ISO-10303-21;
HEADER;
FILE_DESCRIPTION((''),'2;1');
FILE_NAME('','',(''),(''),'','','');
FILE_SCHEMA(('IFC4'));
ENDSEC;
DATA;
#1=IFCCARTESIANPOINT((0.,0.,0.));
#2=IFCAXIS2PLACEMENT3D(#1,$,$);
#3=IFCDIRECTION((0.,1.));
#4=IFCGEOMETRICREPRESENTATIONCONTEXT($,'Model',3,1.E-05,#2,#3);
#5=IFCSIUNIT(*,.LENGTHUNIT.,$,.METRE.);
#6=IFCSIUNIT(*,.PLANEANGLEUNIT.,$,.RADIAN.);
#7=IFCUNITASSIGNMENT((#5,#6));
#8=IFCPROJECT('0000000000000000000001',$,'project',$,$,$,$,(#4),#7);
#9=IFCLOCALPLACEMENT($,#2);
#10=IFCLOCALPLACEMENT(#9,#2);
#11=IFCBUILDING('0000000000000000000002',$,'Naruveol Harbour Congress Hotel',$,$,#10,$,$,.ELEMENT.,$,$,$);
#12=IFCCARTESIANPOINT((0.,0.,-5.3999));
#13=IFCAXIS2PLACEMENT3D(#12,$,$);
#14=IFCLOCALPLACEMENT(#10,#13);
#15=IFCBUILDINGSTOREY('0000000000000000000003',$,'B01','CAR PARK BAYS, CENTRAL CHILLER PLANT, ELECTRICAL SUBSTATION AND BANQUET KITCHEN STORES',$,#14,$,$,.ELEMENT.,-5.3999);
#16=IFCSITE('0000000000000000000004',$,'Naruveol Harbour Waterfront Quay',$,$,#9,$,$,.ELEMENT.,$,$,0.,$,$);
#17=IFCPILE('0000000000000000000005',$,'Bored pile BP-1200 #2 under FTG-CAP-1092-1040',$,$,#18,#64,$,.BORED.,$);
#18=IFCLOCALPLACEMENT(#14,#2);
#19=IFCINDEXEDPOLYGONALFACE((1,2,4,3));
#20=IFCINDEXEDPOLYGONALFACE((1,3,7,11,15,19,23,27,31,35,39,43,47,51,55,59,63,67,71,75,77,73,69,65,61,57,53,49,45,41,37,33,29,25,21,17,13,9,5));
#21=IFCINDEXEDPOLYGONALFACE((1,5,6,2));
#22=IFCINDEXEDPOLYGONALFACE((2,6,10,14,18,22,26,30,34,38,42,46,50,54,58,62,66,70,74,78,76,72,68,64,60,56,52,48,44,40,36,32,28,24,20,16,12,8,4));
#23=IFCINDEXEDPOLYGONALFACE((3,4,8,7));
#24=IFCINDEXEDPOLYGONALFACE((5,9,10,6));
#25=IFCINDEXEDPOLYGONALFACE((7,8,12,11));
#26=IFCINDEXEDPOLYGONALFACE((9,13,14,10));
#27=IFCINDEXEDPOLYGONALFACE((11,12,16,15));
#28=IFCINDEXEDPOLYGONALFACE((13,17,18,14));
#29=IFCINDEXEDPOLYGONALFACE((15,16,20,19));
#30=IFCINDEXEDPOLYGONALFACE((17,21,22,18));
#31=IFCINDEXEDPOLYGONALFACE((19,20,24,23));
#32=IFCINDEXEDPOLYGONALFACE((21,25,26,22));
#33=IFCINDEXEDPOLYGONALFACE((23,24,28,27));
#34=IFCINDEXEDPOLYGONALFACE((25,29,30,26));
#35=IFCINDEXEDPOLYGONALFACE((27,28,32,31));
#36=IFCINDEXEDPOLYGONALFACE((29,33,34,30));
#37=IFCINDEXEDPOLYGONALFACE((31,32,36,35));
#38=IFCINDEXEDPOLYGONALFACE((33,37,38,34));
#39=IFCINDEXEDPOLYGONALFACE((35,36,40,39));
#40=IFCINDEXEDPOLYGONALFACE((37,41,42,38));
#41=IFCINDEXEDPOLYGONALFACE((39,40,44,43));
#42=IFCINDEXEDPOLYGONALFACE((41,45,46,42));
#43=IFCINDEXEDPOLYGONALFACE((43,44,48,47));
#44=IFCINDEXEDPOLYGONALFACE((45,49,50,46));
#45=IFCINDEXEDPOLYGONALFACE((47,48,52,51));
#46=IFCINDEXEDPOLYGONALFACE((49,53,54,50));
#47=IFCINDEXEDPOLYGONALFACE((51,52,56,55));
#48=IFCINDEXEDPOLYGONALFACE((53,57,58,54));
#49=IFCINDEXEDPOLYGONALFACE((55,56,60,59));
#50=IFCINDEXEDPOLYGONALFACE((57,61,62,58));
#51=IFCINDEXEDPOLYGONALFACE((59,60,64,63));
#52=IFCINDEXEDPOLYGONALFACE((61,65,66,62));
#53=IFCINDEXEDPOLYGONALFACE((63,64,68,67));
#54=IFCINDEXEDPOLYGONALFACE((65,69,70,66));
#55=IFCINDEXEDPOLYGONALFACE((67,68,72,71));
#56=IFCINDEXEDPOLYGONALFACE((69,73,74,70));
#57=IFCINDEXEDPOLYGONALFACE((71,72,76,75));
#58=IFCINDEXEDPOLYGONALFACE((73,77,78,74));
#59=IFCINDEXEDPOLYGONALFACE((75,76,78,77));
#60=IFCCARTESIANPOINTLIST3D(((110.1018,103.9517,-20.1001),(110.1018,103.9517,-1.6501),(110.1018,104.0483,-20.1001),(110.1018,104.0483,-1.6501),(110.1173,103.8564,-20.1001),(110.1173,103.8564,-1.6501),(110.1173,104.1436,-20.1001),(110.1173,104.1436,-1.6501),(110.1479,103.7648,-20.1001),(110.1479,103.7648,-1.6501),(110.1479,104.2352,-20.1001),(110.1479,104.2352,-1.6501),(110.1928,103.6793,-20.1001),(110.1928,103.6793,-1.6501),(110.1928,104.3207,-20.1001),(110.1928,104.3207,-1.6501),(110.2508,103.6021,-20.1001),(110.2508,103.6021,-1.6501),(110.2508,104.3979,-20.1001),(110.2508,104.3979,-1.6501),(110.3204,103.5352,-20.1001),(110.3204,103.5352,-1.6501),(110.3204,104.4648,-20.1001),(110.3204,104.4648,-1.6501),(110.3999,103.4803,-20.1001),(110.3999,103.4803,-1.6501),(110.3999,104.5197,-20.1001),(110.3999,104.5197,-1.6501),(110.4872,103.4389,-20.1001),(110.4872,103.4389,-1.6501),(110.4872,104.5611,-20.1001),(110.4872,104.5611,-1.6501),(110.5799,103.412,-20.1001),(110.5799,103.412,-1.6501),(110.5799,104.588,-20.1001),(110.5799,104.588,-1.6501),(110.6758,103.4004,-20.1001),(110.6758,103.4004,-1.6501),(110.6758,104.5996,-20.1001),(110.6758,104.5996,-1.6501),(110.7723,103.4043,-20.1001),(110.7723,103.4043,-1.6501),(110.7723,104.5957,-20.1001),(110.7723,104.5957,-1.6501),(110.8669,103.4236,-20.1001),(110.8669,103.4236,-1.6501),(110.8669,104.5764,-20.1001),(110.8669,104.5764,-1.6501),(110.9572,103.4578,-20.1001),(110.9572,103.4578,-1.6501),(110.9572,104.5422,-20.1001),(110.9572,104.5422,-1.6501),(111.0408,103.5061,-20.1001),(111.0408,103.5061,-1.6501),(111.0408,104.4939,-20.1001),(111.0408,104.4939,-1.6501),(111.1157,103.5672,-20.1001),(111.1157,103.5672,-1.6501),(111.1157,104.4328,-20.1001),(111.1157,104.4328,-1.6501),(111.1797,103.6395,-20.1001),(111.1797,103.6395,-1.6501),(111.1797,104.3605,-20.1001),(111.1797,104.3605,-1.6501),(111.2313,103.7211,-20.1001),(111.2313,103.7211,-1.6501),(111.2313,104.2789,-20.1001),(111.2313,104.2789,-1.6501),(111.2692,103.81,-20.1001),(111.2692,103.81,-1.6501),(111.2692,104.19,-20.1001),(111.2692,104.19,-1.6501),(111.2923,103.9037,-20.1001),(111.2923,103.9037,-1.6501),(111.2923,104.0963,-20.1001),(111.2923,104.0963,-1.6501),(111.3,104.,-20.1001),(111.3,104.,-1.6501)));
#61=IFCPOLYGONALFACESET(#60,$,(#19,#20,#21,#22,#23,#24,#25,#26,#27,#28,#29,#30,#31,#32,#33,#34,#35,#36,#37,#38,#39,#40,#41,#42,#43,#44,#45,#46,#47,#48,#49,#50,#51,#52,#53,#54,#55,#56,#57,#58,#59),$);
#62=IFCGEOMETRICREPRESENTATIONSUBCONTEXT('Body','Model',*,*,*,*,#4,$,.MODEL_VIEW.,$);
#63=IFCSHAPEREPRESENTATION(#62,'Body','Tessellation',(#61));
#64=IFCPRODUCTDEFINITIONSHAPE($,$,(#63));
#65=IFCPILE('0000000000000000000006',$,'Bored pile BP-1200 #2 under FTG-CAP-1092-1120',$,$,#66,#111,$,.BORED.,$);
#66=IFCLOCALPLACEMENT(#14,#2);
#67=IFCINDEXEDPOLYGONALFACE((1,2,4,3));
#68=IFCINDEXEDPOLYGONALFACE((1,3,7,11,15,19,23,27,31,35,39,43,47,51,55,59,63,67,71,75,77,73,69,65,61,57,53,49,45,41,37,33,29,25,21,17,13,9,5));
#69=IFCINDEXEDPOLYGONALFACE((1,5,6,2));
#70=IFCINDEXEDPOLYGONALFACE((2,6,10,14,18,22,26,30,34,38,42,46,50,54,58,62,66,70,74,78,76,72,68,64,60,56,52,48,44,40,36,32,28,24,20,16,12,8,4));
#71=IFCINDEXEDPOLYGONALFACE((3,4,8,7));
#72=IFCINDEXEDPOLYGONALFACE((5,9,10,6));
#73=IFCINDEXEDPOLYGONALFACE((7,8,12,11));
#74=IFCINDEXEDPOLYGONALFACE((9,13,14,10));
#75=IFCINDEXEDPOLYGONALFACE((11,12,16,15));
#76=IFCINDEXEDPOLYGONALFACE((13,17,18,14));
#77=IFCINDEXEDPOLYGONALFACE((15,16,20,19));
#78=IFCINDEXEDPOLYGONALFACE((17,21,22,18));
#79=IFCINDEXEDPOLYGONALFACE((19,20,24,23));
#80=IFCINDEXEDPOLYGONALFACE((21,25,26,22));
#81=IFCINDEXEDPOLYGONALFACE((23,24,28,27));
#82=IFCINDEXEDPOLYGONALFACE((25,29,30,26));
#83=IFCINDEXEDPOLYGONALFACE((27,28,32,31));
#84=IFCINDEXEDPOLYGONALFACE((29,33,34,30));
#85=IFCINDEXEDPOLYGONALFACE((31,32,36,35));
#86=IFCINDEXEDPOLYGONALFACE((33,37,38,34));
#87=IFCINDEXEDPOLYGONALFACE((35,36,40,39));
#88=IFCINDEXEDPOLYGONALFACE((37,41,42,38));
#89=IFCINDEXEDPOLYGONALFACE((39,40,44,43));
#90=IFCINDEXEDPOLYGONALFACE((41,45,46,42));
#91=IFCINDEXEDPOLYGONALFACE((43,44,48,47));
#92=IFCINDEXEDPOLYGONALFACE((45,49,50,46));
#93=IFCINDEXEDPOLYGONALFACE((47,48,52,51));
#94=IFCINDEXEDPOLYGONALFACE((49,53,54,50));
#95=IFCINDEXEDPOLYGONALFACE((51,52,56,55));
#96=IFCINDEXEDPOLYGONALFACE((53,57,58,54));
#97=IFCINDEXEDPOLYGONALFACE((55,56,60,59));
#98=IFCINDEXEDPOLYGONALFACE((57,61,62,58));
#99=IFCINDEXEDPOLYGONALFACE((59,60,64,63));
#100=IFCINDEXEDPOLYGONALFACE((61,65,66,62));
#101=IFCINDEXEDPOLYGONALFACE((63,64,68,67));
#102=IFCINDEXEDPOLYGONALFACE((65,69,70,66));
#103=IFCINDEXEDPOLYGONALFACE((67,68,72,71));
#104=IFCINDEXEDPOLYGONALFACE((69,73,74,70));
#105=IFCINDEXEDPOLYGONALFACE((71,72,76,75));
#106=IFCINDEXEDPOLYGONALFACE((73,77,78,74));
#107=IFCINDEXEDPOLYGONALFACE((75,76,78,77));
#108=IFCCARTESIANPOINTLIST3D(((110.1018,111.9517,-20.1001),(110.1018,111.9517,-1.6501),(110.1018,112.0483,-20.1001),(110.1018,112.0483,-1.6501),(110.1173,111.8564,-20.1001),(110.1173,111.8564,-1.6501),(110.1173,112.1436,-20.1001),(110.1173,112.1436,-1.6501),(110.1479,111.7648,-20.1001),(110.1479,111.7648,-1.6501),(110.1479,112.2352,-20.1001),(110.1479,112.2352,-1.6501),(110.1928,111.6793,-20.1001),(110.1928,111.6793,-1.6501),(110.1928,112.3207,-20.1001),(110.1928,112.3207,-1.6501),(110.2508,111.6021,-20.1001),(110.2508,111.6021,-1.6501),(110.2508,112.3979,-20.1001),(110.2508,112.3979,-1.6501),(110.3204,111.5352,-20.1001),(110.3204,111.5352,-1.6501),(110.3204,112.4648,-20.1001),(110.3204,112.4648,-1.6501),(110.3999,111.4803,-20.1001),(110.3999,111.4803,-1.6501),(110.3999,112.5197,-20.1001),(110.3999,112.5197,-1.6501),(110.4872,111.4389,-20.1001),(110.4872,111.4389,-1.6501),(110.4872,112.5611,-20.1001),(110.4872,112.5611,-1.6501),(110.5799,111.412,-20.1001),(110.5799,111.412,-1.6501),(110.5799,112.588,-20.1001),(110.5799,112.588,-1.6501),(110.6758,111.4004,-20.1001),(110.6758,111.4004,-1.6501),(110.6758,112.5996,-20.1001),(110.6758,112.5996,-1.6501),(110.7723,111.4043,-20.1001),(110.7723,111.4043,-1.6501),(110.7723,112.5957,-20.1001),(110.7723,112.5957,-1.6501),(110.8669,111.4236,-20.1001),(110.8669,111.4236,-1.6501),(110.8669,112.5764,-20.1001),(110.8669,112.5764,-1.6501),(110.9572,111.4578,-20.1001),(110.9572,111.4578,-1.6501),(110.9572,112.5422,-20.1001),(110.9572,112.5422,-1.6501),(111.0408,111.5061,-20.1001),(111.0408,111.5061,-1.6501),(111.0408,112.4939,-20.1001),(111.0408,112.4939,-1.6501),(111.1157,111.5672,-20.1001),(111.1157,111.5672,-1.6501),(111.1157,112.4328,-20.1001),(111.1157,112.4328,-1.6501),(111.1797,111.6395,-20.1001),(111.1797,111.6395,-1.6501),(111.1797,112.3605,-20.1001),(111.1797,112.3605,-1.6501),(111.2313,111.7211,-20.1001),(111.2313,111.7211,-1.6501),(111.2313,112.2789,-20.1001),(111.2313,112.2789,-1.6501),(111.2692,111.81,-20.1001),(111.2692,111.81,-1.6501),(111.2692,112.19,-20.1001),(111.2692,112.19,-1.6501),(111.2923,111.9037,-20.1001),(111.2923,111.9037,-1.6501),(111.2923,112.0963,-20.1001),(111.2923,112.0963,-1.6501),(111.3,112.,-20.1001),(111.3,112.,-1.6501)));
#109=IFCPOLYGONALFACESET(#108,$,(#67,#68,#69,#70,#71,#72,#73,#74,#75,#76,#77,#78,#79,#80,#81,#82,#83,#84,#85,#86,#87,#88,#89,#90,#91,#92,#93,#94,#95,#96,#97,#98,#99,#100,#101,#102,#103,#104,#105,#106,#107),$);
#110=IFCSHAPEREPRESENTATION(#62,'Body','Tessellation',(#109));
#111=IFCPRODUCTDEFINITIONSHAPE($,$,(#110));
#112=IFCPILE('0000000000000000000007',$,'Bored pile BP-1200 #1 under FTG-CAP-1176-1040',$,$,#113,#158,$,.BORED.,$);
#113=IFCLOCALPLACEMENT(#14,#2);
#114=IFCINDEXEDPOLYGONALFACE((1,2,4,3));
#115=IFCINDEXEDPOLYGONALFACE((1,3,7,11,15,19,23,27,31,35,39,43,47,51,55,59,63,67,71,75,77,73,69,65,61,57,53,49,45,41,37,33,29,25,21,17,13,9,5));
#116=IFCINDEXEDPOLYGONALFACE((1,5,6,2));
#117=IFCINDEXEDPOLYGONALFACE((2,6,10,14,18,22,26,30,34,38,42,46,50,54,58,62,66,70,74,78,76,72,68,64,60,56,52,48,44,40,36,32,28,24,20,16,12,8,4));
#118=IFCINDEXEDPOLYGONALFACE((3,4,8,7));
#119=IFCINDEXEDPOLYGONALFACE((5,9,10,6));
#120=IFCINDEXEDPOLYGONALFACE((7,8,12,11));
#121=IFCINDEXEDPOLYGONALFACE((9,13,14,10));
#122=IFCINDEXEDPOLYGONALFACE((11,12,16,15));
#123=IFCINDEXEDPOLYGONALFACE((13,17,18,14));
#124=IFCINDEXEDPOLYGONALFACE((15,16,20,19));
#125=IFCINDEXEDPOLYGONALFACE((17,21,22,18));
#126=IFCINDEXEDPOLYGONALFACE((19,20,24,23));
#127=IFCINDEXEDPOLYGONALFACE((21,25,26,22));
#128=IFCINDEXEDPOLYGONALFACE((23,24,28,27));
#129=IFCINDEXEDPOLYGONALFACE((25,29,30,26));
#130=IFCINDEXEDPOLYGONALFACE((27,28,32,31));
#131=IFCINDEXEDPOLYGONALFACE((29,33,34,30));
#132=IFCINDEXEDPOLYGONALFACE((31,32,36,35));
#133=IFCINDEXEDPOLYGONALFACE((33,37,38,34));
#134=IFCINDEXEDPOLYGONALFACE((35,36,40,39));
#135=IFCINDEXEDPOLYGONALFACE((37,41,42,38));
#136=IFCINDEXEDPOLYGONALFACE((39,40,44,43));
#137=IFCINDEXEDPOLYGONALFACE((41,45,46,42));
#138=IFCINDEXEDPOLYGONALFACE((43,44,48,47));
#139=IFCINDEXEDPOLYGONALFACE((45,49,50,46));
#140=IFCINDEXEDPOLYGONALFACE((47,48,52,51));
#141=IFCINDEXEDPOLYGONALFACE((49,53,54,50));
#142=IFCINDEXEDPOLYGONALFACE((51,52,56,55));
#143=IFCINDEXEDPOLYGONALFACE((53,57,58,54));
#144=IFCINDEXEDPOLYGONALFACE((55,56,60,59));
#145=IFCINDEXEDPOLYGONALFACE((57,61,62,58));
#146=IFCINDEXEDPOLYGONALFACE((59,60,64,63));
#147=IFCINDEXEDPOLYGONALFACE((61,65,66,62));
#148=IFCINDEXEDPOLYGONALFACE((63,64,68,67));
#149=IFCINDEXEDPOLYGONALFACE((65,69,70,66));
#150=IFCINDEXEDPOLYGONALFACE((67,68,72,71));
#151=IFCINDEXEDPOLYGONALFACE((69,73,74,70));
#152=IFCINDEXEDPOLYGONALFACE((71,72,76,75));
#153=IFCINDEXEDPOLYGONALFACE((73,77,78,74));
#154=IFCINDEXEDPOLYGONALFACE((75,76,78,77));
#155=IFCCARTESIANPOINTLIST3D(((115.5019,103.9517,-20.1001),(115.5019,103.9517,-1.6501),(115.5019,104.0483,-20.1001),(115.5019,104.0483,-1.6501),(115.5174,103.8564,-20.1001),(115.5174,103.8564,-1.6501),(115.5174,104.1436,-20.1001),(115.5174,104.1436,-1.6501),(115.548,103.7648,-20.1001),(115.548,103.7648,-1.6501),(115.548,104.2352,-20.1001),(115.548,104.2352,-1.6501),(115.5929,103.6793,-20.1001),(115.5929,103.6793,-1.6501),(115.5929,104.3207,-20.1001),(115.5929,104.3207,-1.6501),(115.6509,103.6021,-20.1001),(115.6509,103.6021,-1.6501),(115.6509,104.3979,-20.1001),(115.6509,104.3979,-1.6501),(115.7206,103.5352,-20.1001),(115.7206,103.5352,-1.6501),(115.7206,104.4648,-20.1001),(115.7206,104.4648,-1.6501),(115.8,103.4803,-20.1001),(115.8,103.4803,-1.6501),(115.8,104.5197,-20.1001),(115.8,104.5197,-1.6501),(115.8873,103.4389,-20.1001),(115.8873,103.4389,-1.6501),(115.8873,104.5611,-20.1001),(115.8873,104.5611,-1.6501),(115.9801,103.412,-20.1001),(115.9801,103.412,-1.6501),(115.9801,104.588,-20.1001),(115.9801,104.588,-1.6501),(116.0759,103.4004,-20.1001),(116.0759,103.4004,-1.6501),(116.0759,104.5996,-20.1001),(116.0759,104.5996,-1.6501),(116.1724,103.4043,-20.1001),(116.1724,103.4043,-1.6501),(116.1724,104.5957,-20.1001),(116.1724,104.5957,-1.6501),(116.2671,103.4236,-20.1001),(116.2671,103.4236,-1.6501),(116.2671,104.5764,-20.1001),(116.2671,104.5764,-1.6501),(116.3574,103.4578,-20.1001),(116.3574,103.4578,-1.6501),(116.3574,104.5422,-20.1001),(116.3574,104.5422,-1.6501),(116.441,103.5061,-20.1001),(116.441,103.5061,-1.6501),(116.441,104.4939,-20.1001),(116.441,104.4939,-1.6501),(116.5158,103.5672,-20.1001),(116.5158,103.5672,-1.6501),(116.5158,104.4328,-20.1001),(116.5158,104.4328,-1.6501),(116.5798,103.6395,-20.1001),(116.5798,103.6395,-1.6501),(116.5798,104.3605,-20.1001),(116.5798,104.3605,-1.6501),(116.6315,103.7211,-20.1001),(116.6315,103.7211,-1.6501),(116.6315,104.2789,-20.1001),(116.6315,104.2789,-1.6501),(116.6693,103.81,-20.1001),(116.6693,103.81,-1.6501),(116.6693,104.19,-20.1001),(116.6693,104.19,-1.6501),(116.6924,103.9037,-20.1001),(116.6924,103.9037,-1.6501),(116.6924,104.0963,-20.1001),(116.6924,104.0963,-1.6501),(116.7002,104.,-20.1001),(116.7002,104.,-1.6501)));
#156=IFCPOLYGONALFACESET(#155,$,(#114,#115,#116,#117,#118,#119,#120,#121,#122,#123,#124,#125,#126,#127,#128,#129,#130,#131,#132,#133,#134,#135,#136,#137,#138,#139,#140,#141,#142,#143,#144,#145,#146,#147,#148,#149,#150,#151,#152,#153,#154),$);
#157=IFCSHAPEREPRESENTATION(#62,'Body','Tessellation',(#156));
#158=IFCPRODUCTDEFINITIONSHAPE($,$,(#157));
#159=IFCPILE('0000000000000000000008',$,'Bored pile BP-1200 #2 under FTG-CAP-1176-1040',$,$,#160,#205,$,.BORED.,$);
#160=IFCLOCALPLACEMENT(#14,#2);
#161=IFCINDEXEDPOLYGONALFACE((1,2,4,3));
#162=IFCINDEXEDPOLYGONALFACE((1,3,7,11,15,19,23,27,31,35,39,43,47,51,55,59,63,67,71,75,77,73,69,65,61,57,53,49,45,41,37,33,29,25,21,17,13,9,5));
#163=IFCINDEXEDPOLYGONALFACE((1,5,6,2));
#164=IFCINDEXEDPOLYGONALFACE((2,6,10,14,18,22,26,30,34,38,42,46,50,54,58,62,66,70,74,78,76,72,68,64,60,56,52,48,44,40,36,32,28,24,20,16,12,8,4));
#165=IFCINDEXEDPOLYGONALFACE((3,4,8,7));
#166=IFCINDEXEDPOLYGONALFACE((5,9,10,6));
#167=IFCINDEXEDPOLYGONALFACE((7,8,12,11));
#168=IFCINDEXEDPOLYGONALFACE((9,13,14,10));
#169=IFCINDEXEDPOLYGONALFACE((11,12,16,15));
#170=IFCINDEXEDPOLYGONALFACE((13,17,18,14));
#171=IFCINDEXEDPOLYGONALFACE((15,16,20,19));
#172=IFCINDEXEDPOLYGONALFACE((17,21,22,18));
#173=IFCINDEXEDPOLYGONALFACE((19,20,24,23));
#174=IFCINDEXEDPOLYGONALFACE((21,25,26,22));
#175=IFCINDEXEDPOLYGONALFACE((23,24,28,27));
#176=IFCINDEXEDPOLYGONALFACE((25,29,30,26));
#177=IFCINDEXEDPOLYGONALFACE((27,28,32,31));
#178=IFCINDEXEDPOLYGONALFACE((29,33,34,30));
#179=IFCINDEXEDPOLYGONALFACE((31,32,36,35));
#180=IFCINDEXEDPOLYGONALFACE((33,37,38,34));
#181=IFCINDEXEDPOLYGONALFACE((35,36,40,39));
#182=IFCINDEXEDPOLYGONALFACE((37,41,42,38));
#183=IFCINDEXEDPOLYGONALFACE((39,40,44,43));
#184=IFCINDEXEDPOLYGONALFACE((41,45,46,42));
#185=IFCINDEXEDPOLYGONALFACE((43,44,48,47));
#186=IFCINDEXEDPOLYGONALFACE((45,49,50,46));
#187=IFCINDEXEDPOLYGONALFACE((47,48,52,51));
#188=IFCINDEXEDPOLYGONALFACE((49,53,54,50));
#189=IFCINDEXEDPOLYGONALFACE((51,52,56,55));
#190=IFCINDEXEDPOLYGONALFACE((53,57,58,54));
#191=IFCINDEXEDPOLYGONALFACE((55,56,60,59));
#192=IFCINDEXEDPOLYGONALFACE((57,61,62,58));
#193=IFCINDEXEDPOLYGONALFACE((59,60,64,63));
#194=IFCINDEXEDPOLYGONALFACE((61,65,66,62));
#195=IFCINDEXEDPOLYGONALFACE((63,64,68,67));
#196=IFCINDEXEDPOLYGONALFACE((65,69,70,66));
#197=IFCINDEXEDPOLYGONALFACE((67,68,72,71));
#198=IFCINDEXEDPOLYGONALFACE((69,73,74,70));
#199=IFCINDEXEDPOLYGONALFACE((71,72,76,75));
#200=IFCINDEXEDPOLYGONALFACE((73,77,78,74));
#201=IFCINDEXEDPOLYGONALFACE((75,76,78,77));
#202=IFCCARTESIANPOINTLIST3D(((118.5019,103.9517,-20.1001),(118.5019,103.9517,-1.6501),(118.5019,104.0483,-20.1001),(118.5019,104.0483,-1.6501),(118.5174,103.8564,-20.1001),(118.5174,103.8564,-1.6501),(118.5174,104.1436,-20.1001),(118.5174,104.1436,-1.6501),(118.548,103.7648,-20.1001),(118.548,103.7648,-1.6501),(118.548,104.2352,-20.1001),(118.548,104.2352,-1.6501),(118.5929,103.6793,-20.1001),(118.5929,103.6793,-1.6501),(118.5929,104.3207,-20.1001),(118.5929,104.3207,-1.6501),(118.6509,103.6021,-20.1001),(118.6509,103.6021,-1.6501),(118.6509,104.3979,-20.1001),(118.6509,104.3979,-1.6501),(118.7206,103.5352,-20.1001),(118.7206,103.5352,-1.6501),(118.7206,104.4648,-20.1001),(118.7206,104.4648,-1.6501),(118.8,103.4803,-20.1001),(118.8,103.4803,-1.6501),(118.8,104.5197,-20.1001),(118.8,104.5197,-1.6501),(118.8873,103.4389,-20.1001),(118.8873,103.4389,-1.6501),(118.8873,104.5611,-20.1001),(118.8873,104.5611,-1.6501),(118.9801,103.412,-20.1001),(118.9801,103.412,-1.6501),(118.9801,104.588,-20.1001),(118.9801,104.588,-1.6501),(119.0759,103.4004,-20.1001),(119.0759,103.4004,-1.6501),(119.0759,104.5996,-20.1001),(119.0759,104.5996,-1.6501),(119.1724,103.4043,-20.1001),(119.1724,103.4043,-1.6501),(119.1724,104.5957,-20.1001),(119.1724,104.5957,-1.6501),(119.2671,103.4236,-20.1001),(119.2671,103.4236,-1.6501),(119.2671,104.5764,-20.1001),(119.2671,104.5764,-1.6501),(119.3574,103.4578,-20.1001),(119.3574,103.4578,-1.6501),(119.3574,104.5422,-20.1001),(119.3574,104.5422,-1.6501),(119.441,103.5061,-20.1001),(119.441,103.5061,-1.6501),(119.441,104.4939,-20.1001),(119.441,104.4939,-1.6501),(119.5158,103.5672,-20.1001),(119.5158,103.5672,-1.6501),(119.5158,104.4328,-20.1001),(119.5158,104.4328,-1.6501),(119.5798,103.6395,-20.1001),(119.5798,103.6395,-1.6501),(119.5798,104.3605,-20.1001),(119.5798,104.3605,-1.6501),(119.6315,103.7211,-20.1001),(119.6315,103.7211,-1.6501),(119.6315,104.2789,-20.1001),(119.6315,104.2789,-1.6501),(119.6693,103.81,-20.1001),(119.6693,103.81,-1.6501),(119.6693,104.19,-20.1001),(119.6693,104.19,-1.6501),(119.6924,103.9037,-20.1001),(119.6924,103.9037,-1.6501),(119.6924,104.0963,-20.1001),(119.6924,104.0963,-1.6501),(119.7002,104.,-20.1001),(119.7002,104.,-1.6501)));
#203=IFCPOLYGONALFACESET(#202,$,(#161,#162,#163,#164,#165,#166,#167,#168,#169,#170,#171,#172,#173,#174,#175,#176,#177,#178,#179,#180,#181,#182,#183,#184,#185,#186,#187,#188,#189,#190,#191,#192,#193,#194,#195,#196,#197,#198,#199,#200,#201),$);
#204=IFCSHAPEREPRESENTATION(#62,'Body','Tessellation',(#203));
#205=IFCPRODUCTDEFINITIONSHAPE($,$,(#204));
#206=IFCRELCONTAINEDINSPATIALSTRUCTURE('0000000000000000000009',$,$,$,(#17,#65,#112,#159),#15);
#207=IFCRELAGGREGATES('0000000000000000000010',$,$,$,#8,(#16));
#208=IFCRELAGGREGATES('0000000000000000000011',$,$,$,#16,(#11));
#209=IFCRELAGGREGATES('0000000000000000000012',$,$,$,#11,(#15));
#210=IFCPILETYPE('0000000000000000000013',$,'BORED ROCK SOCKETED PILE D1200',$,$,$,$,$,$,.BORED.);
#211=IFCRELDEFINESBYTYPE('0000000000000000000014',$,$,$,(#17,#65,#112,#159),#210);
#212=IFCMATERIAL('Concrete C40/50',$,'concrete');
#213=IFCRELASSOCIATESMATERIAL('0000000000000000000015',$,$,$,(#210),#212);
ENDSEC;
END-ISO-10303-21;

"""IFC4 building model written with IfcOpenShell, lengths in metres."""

from ifc_helpers import new_model, si_unit, direction, frame, origin, origin_2d, place, context, subcontext, project, spatial, circle, extrude, material, material_profile, profile_set, type_object, element, save


model = new_model("IFC4")

# Units and contexts
model_context = context("Model", 3, precision=1e-05, world=origin(), true_north=direction((0.0, 1.0)))
body_context = subcontext(model_context, "Body", "Model", "MODEL_VIEW")
ifc_project = project(units=[si_unit("LENGTHUNIT", "METRE"), si_unit("PLANEANGLEUNIT", "RADIAN")], contexts=[model_context])

# Site, building, storey
site_placement = place(None, origin())
site = spatial("IfcSite", under=ifc_project, at=site_placement, Name="Naruveol Harbour Waterfront Quay", CompositionType="ELEMENT", RefElevation=0.0)
building_placement = place(site_placement, origin())
building = spatial("IfcBuilding", under=site, at=building_placement, Name="Naruveol Harbour Congress Hotel", CompositionType="ELEMENT")
storey_placement = place(building_placement, frame((0.0, 0.0, -5.3999)))
storey = spatial("IfcBuildingStorey", under=building, at=storey_placement, Name="B01", Description="CAR PARK BAYS, CENTRAL CHILLER PLANT, ELECTRICAL SUBSTATION AND BANQUET KITCHEN STORES", CompositionType="ELEMENT", Elevation=-5.3999)

# Piles
ifc_material_1 = material(Name="Concrete C40/50", Category="concrete")
ifc_material_profile_1 = material_profile(ifc_material_1, circle(Radius=0.6001, at=origin_2d()), Name="BP-1200")
ifc_profile_set_1 = profile_set([ifc_material_profile_1], Name="Concrete C40/50")
pile_type = type_object("IfcPileType", Name="BORED ROCK SOCKETED PILE D1200", PredefinedType="BORED", material=ifc_profile_set_1)
for number, where, z_axis, x_axis, name in (
    (1, (110.7, 104.0, -1.6501), (0.0, 0.0, -1.0), (1.0, 0.0, 0.0), "Bored pile BP-1200 #2 under FTG-CAP-1092-1040"),
    (2, (110.7, 112.0, -1.6501), (0.0, 0.0, -1.0), (1.0, 0.0, 0.0), "Bored pile BP-1200 #2 under FTG-CAP-1092-1120"),
    (3, (116.1001, 104.0, -1.6501), (0.0, 0.0, -1.0), (1.0, 0.0, 0.0), "Bored pile BP-1200 #1 under FTG-CAP-1176-1040"),
    (4, (119.1001, 104.0, -1.6501), (0.0, 0.0, -1.0), (1.0, 0.0, 0.0), "Bored pile BP-1200 #2 under FTG-CAP-1176-1040"),
):
    element("IfcPile", number, at=place(storey_placement, frame(where, z_axis=z_axis, x_axis=x_axis)), inside=storey, type_object=pile_type, Name=name, PredefinedType="BORED", context=body_context, shape_type="SweptSolid", body=[
        extrude(circle(Radius=0.6001, at=origin_2d()), origin(), (0.0, 0.0, 1.0), 18.45),
    ])

save(model, "model.ifc")
